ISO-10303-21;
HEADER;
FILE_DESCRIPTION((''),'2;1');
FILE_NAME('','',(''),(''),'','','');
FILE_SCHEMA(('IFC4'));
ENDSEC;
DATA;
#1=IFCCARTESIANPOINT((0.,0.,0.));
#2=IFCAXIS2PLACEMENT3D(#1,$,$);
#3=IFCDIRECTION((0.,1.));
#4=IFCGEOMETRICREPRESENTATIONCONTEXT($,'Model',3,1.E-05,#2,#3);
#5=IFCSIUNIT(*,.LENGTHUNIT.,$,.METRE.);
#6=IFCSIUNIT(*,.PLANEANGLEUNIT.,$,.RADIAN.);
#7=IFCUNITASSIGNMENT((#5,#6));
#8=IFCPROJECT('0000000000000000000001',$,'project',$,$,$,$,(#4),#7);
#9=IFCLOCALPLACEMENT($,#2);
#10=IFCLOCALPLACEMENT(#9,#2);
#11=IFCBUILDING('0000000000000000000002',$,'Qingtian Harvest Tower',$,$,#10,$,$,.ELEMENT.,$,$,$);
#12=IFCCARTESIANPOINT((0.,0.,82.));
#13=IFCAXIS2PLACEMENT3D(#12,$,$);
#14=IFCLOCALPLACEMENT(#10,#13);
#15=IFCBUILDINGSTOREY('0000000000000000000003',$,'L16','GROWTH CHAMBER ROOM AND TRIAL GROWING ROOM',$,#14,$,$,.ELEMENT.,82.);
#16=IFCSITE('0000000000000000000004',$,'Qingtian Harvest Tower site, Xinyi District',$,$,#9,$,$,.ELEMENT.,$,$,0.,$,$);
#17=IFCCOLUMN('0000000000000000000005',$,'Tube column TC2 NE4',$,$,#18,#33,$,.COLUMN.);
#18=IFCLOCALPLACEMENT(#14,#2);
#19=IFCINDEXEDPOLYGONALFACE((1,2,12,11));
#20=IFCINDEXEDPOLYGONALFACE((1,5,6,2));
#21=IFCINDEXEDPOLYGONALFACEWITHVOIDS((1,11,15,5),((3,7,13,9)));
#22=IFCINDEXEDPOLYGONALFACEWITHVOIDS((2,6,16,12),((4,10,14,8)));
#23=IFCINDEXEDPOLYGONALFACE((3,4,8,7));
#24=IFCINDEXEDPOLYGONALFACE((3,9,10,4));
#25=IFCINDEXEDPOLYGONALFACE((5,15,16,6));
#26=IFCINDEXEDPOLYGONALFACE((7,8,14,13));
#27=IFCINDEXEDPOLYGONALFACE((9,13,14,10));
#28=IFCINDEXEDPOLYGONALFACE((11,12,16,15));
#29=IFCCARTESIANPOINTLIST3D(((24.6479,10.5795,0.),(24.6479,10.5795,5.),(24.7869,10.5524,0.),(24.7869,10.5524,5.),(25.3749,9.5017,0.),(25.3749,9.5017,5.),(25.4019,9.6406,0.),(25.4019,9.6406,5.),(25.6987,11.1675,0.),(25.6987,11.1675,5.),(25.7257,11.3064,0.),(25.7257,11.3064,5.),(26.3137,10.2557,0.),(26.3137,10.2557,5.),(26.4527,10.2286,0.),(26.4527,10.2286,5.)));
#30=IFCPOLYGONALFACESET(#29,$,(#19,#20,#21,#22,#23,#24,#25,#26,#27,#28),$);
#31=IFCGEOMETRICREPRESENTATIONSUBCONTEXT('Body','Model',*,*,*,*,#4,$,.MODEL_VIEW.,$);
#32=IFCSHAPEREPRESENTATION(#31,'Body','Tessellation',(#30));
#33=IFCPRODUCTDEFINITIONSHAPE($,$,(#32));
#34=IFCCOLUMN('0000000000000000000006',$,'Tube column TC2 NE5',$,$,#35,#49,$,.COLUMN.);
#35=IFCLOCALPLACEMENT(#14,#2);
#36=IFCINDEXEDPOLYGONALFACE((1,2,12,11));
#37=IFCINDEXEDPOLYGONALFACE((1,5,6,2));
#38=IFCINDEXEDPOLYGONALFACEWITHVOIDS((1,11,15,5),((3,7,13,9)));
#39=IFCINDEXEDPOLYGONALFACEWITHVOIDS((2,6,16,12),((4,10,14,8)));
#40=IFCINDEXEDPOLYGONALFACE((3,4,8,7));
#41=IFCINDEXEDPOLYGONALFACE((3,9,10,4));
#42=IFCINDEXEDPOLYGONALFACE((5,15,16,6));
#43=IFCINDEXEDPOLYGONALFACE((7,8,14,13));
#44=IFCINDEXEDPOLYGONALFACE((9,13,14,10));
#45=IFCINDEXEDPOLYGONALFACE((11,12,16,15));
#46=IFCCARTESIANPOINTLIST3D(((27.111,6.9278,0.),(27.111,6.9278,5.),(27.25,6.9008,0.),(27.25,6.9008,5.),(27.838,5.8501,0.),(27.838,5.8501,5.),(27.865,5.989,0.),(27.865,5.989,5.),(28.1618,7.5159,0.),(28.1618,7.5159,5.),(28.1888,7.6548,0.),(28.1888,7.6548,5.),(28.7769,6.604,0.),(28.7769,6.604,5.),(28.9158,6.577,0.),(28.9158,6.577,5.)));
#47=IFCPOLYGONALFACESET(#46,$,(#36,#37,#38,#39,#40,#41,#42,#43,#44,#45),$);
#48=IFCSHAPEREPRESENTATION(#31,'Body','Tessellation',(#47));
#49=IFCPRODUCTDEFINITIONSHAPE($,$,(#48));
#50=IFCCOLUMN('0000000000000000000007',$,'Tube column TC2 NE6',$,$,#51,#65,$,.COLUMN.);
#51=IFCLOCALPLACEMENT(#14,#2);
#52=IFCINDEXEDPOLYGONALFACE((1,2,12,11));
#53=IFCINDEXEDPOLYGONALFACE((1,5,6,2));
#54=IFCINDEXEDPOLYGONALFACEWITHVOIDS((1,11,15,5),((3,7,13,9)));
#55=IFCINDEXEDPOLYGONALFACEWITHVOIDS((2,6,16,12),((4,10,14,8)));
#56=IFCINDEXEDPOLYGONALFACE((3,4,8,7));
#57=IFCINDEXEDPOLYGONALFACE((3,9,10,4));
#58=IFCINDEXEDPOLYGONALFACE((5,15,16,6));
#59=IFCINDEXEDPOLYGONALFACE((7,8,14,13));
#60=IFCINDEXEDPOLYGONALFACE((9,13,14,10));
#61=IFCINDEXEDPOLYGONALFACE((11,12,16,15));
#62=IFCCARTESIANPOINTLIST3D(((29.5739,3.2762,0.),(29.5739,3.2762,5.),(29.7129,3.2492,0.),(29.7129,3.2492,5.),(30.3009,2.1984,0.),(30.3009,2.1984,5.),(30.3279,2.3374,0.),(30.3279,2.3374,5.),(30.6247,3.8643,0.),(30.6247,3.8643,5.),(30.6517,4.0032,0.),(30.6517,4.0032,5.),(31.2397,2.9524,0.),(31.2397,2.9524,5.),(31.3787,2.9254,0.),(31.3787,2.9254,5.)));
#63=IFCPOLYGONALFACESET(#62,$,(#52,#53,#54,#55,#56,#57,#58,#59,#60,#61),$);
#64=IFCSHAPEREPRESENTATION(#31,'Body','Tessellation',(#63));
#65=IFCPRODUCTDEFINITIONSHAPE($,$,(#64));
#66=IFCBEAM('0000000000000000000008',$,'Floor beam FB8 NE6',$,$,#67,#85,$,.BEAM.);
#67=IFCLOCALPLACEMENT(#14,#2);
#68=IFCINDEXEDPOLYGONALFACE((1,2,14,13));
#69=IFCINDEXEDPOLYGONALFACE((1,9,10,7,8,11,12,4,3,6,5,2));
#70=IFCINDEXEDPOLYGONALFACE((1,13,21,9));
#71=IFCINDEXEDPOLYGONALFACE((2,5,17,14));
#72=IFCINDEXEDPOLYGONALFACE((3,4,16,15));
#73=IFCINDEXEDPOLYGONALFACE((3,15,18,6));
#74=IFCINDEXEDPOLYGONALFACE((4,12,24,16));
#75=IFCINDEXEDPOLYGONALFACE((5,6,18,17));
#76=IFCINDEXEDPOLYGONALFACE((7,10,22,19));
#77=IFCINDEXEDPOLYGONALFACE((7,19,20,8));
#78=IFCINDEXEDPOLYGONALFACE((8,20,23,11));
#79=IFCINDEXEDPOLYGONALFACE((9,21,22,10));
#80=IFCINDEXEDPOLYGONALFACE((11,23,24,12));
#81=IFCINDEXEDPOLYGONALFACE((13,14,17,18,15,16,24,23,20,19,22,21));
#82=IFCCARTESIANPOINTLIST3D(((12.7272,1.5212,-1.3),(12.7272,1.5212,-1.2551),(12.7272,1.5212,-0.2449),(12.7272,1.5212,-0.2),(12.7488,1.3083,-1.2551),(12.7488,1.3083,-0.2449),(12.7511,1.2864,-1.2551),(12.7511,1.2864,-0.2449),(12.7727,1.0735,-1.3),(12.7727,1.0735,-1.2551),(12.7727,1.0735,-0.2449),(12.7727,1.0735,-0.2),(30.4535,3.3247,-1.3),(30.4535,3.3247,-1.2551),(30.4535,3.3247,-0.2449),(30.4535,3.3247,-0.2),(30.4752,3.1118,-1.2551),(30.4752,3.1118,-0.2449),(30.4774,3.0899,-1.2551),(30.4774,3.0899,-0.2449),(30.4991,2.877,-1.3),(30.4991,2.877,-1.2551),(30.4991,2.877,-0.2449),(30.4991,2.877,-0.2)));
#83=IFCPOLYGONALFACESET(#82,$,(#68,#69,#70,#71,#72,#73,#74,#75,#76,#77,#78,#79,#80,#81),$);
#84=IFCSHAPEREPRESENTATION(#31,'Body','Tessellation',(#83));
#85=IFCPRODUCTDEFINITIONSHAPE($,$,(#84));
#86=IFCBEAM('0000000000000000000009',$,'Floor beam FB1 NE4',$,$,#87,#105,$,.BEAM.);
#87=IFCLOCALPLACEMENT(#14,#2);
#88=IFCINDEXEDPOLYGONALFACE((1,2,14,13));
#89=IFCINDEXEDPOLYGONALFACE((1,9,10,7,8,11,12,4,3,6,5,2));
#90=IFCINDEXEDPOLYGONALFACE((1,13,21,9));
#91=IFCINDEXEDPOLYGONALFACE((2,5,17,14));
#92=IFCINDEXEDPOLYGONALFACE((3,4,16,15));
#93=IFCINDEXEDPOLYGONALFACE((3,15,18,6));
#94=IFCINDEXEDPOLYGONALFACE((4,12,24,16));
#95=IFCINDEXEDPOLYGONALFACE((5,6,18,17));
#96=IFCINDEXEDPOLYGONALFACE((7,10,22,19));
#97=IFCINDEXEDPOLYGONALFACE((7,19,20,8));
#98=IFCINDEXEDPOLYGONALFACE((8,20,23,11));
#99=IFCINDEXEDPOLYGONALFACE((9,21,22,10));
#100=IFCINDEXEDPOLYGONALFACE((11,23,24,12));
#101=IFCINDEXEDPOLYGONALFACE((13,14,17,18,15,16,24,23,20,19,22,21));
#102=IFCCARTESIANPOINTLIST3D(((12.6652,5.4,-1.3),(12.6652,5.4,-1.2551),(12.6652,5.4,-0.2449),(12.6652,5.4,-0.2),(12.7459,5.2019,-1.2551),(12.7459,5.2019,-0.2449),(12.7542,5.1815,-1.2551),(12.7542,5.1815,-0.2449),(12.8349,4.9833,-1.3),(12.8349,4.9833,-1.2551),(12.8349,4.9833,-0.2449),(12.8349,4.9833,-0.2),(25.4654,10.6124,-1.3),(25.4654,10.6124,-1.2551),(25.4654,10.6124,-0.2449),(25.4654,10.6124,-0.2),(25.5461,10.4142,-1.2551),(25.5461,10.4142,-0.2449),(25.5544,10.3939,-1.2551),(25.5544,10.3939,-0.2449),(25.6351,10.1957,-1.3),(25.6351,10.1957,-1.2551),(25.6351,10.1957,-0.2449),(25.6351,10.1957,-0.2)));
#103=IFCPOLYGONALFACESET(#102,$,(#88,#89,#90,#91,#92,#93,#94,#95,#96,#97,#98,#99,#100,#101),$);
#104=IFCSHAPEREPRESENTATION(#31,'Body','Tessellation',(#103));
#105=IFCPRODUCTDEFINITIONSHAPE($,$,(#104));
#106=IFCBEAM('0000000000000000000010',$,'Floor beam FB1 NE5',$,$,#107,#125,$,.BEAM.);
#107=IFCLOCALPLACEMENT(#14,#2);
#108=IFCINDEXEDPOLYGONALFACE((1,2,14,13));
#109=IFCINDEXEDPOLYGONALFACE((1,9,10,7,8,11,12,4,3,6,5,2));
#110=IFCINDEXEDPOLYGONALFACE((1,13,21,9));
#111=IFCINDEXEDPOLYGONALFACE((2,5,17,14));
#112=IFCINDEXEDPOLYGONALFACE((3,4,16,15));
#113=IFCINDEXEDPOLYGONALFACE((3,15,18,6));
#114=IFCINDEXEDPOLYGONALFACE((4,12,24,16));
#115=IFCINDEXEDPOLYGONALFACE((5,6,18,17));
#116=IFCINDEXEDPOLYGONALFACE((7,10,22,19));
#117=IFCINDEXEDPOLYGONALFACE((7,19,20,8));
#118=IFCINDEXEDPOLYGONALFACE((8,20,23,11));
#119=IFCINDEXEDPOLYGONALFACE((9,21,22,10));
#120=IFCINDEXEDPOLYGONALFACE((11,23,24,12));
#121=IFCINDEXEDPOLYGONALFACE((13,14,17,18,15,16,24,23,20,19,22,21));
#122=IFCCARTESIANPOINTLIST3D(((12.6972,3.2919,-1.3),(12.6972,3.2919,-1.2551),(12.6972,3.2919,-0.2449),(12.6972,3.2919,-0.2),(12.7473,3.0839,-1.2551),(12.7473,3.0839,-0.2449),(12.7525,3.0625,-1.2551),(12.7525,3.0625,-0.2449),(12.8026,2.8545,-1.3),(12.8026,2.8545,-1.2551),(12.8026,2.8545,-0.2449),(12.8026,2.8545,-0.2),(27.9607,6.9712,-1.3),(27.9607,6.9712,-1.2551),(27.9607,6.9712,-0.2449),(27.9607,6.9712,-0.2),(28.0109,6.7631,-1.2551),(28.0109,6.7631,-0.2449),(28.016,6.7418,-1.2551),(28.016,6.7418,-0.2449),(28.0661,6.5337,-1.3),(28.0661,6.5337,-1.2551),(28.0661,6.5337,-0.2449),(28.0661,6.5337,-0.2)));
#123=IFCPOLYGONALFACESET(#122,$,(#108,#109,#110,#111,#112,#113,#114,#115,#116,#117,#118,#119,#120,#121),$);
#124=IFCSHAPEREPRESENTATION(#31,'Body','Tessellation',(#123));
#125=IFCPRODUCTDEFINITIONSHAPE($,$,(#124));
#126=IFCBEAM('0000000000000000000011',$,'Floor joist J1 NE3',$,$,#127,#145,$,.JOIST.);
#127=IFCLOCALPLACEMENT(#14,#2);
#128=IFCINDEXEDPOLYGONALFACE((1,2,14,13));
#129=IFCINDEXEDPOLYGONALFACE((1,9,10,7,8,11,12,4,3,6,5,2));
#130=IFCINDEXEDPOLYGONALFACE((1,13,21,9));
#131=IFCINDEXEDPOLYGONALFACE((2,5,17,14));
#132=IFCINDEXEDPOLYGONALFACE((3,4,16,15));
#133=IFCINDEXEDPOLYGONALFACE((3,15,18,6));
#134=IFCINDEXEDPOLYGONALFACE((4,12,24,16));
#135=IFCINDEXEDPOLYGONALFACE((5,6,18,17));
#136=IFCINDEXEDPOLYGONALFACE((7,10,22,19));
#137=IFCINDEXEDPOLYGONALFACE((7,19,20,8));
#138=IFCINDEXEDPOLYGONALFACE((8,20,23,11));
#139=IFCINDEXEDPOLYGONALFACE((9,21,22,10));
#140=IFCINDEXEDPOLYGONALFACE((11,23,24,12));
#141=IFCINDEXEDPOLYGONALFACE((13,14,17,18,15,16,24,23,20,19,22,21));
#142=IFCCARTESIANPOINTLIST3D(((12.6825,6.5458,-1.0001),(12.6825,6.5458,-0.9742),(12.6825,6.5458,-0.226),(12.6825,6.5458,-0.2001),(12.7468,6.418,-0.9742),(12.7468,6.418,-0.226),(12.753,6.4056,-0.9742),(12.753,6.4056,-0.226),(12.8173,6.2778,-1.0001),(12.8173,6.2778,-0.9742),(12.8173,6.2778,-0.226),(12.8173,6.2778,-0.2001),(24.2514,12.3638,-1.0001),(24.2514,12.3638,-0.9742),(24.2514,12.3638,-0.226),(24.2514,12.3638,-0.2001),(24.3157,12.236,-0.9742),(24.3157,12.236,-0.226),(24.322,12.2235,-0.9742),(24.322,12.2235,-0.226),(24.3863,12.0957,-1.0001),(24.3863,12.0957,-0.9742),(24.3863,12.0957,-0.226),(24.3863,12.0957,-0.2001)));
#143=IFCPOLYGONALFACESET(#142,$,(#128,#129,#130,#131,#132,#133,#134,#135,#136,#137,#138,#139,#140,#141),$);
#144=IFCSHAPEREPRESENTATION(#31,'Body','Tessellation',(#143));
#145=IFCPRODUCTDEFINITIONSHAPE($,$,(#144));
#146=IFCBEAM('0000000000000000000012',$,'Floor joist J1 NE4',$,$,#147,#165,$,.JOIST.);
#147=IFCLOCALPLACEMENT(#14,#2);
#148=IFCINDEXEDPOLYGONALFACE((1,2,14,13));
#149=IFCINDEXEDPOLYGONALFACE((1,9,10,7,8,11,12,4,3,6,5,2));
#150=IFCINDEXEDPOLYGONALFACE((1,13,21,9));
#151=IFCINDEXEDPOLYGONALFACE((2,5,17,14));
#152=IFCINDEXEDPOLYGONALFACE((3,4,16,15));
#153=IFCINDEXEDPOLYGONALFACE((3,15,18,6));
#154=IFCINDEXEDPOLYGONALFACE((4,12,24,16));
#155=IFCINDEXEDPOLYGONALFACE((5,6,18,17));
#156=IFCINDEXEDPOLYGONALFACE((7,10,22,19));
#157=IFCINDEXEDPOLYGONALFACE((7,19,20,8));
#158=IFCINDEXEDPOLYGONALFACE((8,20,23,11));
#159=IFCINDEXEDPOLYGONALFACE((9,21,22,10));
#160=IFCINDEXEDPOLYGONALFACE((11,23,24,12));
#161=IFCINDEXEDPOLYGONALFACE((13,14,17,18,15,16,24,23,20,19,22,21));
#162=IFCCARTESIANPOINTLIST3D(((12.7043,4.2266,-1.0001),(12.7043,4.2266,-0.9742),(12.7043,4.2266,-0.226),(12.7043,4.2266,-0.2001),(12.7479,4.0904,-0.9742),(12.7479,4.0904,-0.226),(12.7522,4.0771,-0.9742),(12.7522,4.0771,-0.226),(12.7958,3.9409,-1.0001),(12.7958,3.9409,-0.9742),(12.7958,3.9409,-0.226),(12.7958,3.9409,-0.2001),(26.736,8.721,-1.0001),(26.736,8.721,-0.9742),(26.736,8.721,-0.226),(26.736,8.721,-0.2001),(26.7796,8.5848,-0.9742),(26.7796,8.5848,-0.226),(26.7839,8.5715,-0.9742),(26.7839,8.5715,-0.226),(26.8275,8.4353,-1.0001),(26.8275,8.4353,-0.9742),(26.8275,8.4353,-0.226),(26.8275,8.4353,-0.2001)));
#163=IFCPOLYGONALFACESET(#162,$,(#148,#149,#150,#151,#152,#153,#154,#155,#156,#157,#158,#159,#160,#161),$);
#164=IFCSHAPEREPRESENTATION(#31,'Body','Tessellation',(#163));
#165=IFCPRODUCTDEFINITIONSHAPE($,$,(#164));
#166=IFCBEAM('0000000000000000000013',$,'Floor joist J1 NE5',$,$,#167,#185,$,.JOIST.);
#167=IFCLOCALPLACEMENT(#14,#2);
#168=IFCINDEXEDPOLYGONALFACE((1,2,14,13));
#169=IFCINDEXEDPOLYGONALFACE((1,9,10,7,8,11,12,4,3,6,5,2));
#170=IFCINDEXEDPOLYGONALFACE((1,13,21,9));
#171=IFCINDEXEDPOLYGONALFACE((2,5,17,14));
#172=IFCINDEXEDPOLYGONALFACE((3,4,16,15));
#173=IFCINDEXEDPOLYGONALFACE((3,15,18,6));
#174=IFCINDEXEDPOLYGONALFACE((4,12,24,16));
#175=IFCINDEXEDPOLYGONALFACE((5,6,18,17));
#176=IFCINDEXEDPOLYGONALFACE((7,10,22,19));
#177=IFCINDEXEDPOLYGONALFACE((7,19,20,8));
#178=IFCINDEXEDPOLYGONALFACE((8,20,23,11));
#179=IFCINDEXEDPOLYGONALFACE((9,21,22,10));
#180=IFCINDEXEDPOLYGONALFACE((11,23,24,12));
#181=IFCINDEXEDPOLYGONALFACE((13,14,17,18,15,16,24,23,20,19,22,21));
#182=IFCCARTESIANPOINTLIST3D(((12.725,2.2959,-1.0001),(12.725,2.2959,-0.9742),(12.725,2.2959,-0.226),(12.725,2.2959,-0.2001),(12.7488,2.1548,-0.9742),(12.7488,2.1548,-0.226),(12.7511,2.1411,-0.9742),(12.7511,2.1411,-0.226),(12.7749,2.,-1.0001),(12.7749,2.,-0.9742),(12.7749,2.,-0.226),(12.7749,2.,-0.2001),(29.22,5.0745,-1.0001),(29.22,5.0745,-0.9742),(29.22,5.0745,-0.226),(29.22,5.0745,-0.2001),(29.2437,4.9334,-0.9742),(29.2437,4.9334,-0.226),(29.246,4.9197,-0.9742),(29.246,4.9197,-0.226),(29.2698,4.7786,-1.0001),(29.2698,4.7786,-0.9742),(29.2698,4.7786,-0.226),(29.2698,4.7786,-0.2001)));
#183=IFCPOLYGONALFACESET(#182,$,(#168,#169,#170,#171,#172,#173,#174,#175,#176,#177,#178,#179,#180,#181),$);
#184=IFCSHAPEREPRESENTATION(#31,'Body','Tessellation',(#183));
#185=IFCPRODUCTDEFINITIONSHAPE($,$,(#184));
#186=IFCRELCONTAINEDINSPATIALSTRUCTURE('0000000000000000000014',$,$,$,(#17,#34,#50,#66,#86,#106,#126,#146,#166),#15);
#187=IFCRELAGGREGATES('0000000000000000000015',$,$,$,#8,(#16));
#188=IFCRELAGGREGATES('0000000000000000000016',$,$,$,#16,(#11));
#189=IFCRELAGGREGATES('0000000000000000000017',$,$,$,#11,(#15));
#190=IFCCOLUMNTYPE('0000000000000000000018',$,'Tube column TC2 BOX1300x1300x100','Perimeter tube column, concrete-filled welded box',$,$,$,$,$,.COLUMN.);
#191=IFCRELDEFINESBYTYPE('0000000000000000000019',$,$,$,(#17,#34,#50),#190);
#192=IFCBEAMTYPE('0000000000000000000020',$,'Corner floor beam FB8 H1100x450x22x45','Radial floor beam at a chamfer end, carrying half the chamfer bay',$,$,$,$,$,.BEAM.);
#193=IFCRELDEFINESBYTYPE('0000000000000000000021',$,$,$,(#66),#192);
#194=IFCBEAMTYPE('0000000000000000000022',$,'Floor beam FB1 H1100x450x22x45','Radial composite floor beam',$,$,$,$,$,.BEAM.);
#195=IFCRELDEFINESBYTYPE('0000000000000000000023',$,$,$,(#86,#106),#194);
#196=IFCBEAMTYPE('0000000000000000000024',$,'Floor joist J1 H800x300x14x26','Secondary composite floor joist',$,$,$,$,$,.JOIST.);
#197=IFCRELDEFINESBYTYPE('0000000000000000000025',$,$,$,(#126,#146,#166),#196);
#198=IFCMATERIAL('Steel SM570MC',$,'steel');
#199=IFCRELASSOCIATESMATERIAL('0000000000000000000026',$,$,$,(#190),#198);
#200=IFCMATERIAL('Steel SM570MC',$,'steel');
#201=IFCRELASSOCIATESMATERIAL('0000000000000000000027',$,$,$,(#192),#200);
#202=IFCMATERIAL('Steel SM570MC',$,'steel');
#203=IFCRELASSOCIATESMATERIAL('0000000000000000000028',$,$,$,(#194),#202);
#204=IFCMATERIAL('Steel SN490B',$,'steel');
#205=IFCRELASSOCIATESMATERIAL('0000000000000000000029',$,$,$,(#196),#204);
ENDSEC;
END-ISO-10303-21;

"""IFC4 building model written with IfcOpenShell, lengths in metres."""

from ifc_helpers import new_model, si_unit, direction, frame, origin, origin_2d, place, context, subcontext, project, spatial, hollow_rectangle, i_section, extrude, material, material_profile, profile_set, type_object, element, save


model = new_model("IFC4")

# Units and contexts
model_context = context("Model", 3, precision=1e-05, world=origin(), true_north=direction((0.0, 1.0)))
body_context = subcontext(model_context, "Body", "Model", "MODEL_VIEW")
ifc_project = project(units=[si_unit("LENGTHUNIT", "METRE"), si_unit("PLANEANGLEUNIT", "RADIAN")], contexts=[model_context])

# Site, building, storey
site_placement = place(None, origin())
site = spatial("IfcSite", under=ifc_project, at=site_placement, Name="Qingtian Harvest Tower site, Xinyi District", CompositionType="ELEMENT", RefElevation=0.0)
building_placement = place(site_placement, origin())
building = spatial("IfcBuilding", under=site, at=building_placement, Name="Qingtian Harvest Tower", CompositionType="ELEMENT")
storey_placement = place(building_placement, frame((0.0, 0.0, 82.0)))
storey = spatial("IfcBuildingStorey", under=building, at=storey_placement, Name="L16", Description="GROWTH CHAMBER ROOM AND TRIAL GROWING ROOM", CompositionType="ELEMENT", Elevation=82.0)

# Columns
ifc_material_1 = material(Name="Steel SM570MC", Category="steel")
ifc_material_profile_1 = material_profile(ifc_material_1, hollow_rectangle(XDim=1.3, YDim=1.3, WallThickness=0.1001, at=origin_2d()), Name="BOX1300x1300x100")
ifc_profile_set_1 = profile_set([ifc_material_profile_1], Name="Steel SM570MC")
column_type = type_object("IfcColumnType", Name="Tube column TC2 BOX1300x1300x100", Description="Perimeter tube column, concrete-filled welded box", PredefinedType="COLUMN", material=ifc_profile_set_1)
for number, where, z_axis, x_axis, name in (
    (1, (25.5503, 10.4041, 0.0), (0.0, 0.0, 1.0), (-0.559193, 0.829038, 0.0), "Tube column TC2 NE4"),
    (2, (28.0134, 6.7524, 0.0), (0.0, 0.0, 1.0), (-0.559193, 0.829038, 0.0), "Tube column TC2 NE5"),
    (3, (30.4763, 3.1008, 0.0), (0.0, 0.0, 1.0), (-0.559193, 0.829038, 0.0), "Tube column TC2 NE6"),
):
    element("IfcColumn", number, at=place(storey_placement, frame(where, z_axis=z_axis, x_axis=x_axis)), inside=storey, type_object=column_type, Name=name, PredefinedType="COLUMN", context=body_context, shape_type="SweptSolid", body=[
        extrude(hollow_rectangle(XDim=1.3, YDim=1.3, WallThickness=0.1001, at=origin_2d()), origin(), (0.0, 0.0, 1.0), 5.0),
    ])

# Beams
ifc_material_2 = material(Name="Steel SM570MC", Category="steel")
ifc_material_profile_2 = material_profile(ifc_material_2, i_section(OverallWidth=0.45, OverallDepth=1.1001, WebThickness=0.022, FlangeThickness=0.0449, at=origin_2d()), Name="H1100x450x22x45")
ifc_profile_set_2 = profile_set([ifc_material_profile_2], Name="Steel SM570MC")
beam_type_1 = type_object("IfcBeamType", Name="Corner floor beam FB8 H1100x450x22x45", Description="Radial floor beam at a chamfer end, carrying half the chamfer bay", PredefinedType="BEAM", material=ifc_profile_set_2)
beam_1_placement = place(storey_placement, frame((30.4763, 3.1008, -0.75), z_axis=(-0.994864, -0.101217, 0.0), x_axis=(0.101217, -0.994864, 0.0)))
element("IfcBeam", 4, at=beam_1_placement, inside=storey, type_object=beam_type_1, Name="Floor beam FB8 NE6", PredefinedType="BEAM", context=body_context, shape_type="SweptSolid", body=[
    extrude(i_section(OverallWidth=0.45, OverallDepth=1.1001, WebThickness=0.022, FlangeThickness=0.0449, at=origin_2d()), origin(), (0.0, 0.0, 1.0), 17.8179),
])
ifc_material_3 = material(Name="Steel SM570MC", Category="steel")
ifc_material_profile_3 = material_profile(ifc_material_3, i_section(OverallWidth=0.45, OverallDepth=1.1001, WebThickness=0.022, FlangeThickness=0.0449, at=origin_2d()), Name="H1100x450x22x45")
ifc_profile_set_3 = profile_set([ifc_material_profile_3], Name="Steel SM570MC")
beam_type_2 = type_object("IfcBeamType", Name="Floor beam FB1 H1100x450x22x45", Description="Radial composite floor beam", PredefinedType="BEAM", material=ifc_profile_set_3)
beam_2_placement = place(storey_placement, frame((25.5503, 10.4041, -0.75), z_axis=(-0.926156, -0.37714, 0.0), x_axis=(0.37714, -0.926156, 0.0)))
element("IfcBeam", 5, at=beam_2_placement, inside=storey, type_object=beam_type_2, Name="Floor beam FB1 NE4", PredefinedType="BEAM", context=body_context, shape_type="SweptSolid", body=[
    extrude(i_section(OverallWidth=0.45, OverallDepth=1.1001, WebThickness=0.022, FlangeThickness=0.0449, at=origin_2d()), origin(), (0.0, 0.0, 1.0), 13.8208),
])
beam_3_placement = place(storey_placement, frame((28.0134, 6.7524, -0.75), z_axis=(-0.972156, -0.234335, 0.0), x_axis=(0.234335, -0.972156, 0.0)))
element("IfcBeam", 6, at=beam_3_placement, inside=storey, type_object=beam_type_2, Name="Floor beam FB1 NE5", PredefinedType="BEAM", context=body_context, shape_type="SweptSolid", body=[
    extrude(i_section(OverallWidth=0.45, OverallDepth=1.1001, WebThickness=0.022, FlangeThickness=0.0449, at=origin_2d()), origin(), (0.0, 0.0, 1.0), 15.7007),
])
ifc_material_4 = material(Name="Steel SN490B", Category="steel")
ifc_material_profile_4 = material_profile(ifc_material_4, i_section(OverallWidth=0.3, OverallDepth=0.8, WebThickness=0.0139, FlangeThickness=0.0259, at=origin_2d()), Name="H800x300x14x26")
ifc_profile_set_4 = profile_set([ifc_material_profile_4], Name="Steel SN490B")
beam_type_3 = type_object("IfcBeamType", Name="Floor joist J1 H800x300x14x26", Description="Secondary composite floor joist", PredefinedType="JOIST", material=ifc_profile_set_4)
beam_4_placement = place(storey_placement, frame((24.3188, 12.2297, -0.6001), z_axis=(-0.893392, -0.449279, 0.0), x_axis=(0.449279, -0.893392, 0.0)))
element("IfcBeam", 7, at=beam_4_placement, inside=storey, type_object=beam_type_3, Name="Floor joist J1 NE3", PredefinedType="JOIST", context=body_context, shape_type="SweptSolid", body=[
    extrude(i_section(OverallWidth=0.3, OverallDepth=0.8, WebThickness=0.0139, FlangeThickness=0.0259, at=origin_2d()), origin(), (0.0, 0.0, 1.0), 12.9495),
])
beam_5_placement = place(storey_placement, frame((26.7817, 8.5781, -0.6001), z_axis=(-0.952341, -0.305036, 0.0), x_axis=(0.305036, -0.952341, 0.0)))
element("IfcBeam", 8, at=beam_5_placement, inside=storey, type_object=beam_type_3, Name="Floor joist J1 NE4", PredefinedType="JOIST", context=body_context, shape_type="SweptSolid", body=[
    extrude(i_section(OverallWidth=0.3, OverallDepth=0.8, WebThickness=0.0139, FlangeThickness=0.0259, at=origin_2d()), origin(), (0.0, 0.0, 1.0), 14.7339),
])
beam_6_placement = place(storey_placement, frame((29.2449, 4.9265, -0.6001), z_axis=(-0.986107, -0.16611, 0.0), x_axis=(0.16611, -0.986107, 0.0)))
element("IfcBeam", 9, at=beam_6_placement, inside=storey, type_object=beam_type_3, Name="Floor joist J1 NE5", PredefinedType="JOIST", context=body_context, shape_type="SweptSolid", body=[
    extrude(i_section(OverallWidth=0.3, OverallDepth=0.8, WebThickness=0.0139, FlangeThickness=0.0259, at=origin_2d()), origin(), (0.0, 0.0, 1.0), 16.7273),
])

save(model, "model.ifc")
